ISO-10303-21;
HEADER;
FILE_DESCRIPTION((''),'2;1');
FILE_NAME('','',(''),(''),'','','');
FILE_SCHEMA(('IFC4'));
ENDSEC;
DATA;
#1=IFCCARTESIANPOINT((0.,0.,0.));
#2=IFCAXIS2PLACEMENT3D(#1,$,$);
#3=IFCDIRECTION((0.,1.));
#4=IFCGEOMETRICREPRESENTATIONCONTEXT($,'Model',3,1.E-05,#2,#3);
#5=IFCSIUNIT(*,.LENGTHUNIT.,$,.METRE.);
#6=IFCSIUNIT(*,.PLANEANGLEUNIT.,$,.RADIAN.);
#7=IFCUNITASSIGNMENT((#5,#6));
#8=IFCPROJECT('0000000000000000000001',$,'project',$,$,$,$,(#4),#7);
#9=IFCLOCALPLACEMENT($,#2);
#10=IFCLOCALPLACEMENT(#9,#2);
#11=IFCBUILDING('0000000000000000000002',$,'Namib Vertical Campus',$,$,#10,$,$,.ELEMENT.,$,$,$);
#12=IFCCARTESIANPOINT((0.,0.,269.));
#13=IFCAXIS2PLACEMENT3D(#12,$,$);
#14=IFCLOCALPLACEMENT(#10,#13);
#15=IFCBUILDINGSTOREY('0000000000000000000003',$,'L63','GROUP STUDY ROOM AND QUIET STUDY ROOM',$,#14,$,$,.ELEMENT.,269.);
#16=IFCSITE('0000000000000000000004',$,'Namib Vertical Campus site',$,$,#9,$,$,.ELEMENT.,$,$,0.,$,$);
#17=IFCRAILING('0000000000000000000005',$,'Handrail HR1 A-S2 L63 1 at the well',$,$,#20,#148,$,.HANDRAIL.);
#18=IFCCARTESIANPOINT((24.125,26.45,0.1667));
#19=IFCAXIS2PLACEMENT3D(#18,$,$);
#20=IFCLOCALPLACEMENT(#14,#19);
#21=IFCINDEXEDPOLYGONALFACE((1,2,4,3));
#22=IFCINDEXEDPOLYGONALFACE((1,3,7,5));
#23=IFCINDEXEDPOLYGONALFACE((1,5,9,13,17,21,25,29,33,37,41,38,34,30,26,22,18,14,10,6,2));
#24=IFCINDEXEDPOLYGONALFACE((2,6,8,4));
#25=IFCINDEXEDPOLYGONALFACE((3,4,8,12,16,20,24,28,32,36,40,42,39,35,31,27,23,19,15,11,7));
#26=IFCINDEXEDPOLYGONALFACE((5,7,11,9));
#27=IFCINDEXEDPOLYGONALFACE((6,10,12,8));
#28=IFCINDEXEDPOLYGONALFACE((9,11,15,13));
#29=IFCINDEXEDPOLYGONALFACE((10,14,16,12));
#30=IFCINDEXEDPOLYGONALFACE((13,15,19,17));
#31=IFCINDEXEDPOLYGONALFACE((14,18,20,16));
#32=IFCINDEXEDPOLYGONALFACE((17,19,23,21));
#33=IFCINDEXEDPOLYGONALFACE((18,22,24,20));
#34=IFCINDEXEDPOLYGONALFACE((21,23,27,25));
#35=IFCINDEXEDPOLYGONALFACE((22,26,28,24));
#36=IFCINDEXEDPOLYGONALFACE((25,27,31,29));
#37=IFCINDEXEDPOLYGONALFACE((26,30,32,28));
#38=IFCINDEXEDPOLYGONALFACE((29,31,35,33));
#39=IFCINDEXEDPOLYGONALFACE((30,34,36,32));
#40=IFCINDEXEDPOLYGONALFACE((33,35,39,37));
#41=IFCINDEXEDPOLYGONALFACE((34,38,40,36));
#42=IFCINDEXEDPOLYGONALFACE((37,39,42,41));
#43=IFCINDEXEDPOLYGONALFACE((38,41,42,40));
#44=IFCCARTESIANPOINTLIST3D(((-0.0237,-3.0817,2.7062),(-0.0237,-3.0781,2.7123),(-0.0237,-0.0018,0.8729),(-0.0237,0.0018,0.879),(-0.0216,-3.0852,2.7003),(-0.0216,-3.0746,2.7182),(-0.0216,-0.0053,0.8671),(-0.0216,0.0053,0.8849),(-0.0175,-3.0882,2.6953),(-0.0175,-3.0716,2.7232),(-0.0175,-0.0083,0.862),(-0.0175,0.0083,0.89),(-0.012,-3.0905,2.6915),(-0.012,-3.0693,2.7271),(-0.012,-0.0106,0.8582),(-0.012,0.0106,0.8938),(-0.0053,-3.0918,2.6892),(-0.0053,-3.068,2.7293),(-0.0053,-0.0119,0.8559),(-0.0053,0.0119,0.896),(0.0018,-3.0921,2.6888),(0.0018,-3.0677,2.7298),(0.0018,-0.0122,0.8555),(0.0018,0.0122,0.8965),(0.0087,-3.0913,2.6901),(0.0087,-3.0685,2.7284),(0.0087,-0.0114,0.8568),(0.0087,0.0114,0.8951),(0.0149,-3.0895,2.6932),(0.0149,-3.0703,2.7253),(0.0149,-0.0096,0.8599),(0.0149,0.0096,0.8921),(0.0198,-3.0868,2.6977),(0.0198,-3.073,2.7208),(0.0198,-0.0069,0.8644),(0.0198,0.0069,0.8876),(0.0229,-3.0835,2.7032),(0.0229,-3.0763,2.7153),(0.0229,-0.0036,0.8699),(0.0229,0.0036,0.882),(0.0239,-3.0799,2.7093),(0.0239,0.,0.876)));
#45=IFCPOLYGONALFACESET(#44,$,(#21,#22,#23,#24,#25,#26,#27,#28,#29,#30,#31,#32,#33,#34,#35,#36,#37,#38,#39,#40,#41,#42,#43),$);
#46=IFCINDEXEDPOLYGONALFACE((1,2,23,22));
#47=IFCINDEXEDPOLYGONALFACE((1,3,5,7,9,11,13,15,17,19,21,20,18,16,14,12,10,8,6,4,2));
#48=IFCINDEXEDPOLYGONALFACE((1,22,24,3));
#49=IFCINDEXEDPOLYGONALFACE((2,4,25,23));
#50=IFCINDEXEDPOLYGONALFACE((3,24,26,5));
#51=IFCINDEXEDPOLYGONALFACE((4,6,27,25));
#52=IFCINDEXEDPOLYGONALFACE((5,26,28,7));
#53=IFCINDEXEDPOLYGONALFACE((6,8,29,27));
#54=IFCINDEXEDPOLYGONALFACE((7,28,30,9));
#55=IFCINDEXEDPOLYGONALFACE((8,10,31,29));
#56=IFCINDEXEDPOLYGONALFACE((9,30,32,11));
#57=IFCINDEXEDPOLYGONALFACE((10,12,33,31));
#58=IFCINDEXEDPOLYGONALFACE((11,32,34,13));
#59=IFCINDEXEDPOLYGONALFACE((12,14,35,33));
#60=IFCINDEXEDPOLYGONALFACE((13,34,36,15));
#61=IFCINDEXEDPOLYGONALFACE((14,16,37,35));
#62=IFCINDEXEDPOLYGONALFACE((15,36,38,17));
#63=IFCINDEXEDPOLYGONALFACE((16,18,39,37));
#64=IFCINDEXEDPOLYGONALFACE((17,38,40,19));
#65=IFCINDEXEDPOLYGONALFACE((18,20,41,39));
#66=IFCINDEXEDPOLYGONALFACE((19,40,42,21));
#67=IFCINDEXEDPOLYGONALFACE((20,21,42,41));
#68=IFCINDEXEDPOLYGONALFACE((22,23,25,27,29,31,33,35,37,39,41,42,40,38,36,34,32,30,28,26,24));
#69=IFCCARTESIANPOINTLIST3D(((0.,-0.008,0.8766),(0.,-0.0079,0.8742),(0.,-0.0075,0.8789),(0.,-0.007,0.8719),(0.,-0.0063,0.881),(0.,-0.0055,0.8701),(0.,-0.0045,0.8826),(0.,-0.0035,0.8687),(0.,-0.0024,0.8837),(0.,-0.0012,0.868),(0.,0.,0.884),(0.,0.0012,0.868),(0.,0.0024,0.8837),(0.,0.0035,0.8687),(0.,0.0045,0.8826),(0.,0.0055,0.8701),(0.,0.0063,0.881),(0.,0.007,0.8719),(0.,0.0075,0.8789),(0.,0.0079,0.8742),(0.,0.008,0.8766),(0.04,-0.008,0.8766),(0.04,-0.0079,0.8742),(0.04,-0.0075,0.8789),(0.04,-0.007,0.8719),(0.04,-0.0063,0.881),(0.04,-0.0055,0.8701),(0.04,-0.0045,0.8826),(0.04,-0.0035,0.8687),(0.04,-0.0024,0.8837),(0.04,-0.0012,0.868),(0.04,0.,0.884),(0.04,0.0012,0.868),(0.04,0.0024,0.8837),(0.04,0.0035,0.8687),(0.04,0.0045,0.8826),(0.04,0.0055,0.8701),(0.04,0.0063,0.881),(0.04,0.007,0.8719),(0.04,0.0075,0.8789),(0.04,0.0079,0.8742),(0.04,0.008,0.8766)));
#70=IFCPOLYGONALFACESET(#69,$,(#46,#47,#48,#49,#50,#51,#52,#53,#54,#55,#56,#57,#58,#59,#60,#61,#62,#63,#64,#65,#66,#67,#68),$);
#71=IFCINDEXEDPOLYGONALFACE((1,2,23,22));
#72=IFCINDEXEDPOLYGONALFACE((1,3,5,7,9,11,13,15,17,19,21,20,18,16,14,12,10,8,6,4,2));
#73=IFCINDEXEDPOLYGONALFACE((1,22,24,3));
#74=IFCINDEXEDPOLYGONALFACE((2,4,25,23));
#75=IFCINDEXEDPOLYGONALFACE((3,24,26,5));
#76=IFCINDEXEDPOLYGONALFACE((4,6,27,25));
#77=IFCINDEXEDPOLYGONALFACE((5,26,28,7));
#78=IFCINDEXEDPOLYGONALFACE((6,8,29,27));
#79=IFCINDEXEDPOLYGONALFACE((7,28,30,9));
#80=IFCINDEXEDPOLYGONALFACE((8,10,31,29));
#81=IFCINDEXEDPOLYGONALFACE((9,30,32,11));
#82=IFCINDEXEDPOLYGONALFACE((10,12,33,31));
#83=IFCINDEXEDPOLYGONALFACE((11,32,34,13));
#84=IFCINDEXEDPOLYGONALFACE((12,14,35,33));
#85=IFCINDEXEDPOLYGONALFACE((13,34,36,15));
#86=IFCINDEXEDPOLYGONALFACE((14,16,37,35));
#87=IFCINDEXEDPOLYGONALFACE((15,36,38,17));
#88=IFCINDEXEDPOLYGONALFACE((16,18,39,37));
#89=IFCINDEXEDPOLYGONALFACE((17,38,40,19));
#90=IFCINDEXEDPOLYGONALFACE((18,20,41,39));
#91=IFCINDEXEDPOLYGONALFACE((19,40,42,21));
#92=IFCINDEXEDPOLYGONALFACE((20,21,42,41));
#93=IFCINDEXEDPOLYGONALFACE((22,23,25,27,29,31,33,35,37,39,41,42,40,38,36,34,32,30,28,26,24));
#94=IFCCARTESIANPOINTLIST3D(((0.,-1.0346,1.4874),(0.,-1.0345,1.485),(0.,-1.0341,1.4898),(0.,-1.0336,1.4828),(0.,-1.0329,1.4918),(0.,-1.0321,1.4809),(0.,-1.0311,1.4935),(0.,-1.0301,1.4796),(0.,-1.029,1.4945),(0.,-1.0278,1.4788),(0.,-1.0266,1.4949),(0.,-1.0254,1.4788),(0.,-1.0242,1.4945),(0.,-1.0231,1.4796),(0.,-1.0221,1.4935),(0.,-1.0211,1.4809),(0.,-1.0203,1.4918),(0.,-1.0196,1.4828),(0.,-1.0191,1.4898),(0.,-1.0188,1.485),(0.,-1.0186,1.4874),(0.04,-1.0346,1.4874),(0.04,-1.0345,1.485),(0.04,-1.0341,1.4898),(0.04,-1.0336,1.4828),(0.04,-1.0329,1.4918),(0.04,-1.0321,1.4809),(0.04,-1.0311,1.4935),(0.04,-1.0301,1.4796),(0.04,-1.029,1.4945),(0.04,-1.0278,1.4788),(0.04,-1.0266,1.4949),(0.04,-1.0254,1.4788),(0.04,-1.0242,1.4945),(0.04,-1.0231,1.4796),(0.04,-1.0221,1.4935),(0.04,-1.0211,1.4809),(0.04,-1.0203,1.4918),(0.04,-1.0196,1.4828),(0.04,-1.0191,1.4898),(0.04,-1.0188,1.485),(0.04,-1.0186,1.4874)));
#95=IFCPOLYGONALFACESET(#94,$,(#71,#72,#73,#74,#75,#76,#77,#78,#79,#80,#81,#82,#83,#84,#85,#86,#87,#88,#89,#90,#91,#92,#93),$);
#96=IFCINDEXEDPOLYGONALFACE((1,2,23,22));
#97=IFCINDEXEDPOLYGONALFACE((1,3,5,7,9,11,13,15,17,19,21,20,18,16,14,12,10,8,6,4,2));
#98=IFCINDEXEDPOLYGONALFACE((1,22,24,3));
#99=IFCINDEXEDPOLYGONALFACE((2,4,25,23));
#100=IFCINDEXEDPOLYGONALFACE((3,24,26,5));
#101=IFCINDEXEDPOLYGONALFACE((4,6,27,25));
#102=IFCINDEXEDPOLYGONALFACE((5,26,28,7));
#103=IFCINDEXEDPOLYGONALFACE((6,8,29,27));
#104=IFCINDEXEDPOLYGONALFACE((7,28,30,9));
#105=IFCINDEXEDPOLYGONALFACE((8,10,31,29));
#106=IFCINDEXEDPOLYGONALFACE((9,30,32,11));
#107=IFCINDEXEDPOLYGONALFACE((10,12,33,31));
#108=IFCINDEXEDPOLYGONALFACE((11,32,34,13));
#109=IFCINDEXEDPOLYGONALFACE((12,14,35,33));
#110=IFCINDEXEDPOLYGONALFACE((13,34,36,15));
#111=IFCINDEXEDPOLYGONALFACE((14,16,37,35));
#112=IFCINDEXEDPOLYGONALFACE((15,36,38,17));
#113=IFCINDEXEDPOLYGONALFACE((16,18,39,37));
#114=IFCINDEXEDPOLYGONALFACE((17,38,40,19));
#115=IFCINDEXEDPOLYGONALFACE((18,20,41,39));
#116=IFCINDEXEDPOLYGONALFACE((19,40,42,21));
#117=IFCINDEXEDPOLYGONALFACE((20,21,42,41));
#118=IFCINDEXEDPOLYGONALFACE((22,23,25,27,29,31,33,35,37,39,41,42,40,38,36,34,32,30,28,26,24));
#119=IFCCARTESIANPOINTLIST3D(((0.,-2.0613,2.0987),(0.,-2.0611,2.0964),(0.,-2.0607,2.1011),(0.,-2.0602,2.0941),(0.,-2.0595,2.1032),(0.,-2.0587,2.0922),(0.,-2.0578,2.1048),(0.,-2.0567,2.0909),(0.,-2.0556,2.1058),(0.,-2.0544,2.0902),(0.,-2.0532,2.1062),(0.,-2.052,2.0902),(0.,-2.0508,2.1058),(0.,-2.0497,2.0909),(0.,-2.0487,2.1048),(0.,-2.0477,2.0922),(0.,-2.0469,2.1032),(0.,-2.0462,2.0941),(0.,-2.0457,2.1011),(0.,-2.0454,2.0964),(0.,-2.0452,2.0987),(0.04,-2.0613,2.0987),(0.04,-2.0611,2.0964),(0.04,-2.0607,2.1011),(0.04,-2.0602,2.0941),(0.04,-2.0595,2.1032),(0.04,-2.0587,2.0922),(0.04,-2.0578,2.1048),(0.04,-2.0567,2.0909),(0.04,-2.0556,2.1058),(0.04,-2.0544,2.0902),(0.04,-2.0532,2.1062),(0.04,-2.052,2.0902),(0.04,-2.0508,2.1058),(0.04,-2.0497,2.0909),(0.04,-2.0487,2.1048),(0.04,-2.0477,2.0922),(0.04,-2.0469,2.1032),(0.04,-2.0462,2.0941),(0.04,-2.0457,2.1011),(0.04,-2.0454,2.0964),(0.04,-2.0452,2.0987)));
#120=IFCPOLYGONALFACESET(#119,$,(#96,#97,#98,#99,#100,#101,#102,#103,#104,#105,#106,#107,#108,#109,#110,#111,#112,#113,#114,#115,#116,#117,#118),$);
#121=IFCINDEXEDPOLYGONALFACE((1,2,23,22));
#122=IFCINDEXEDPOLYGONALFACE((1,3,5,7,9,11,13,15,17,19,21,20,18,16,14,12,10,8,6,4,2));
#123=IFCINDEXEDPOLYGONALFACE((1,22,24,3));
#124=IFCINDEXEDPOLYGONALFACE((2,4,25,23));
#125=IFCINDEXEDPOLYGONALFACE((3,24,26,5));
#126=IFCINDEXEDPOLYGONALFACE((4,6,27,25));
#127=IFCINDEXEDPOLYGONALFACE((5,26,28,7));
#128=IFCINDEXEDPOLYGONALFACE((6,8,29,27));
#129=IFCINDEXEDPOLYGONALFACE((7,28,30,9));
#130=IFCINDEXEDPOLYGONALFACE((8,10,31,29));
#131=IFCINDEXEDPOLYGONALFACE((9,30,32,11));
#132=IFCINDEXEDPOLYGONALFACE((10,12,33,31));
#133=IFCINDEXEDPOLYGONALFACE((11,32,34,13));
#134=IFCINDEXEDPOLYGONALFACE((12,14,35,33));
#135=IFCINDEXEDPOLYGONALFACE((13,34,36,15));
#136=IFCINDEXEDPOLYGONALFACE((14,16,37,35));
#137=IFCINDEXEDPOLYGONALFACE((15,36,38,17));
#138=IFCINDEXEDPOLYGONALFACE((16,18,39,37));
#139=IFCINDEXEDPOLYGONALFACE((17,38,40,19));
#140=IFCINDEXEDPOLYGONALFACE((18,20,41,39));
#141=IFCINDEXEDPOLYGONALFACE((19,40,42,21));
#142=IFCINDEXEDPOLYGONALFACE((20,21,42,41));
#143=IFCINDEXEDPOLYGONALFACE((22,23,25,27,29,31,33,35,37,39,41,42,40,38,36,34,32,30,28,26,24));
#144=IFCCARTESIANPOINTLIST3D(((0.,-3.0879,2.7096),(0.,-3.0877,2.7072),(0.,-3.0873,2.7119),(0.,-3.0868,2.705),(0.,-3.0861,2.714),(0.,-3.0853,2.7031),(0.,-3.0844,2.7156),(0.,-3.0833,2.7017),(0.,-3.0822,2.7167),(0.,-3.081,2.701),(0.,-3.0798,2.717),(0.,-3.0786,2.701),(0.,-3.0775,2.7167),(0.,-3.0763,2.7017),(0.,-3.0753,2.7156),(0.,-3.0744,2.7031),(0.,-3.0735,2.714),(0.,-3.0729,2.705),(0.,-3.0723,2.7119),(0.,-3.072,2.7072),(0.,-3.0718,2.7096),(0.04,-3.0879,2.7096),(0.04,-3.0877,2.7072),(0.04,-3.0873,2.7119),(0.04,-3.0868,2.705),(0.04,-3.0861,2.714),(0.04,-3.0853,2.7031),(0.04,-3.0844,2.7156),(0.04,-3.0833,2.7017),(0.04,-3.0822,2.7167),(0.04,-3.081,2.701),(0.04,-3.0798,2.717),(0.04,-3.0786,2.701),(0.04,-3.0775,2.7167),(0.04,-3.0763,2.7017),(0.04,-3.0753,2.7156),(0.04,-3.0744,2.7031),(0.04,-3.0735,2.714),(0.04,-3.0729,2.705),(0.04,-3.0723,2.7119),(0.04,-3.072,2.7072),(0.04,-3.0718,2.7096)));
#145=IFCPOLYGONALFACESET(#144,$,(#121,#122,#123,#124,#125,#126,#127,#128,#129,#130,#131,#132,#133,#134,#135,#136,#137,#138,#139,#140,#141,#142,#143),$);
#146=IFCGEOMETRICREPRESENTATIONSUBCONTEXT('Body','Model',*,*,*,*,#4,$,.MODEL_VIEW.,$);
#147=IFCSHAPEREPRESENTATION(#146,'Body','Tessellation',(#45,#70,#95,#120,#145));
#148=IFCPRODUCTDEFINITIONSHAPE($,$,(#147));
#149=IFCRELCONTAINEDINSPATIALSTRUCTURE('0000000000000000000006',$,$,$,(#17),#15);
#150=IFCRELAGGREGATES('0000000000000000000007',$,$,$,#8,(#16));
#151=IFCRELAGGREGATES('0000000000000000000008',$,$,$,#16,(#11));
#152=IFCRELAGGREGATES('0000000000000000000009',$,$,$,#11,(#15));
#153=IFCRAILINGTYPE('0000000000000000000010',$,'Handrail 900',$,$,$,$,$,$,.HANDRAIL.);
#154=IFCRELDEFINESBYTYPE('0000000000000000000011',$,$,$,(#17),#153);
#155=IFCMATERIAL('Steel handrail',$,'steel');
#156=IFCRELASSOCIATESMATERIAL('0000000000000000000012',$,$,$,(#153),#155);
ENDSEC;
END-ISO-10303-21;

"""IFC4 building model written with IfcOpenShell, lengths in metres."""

from ifc_helpers import new_model, si_unit, direction, frame, origin, origin_2d, place, context, subcontext, project, spatial, circle, extrude, material, type_object, element, save


model = new_model("IFC4")

# Units and contexts
model_context = context("Model", 3, precision=1e-05, world=origin(), true_north=direction((0.0, 1.0)))
body_context = subcontext(model_context, "Body", "Model", "MODEL_VIEW")
ifc_project = project(units=[si_unit("LENGTHUNIT", "METRE"), si_unit("PLANEANGLEUNIT", "RADIAN")], contexts=[model_context])

# Site, building, storey
site_placement = place(None, origin())
site = spatial("IfcSite", under=ifc_project, at=site_placement, Name="Namib Vertical Campus site", CompositionType="ELEMENT", RefElevation=0.0)
building_placement = place(site_placement, origin())
building = spatial("IfcBuilding", under=site, at=building_placement, Name="Namib Vertical Campus", CompositionType="ELEMENT")
storey_placement = place(building_placement, frame((0.0, 0.0, 269.0)))
storey = spatial("IfcBuildingStorey", under=building, at=storey_placement, Name="L63", Description="GROUP STUDY ROOM AND QUIET STUDY ROOM", CompositionType="ELEMENT", Elevation=269.0)

# Railing
ifc_material_1 = material(Name="Steel handrail", Category="steel")
railing_type_1 = type_object("IfcRailingType", Name="Handrail 900", PredefinedType="HANDRAIL", material=ifc_material_1)
railing_1_placement = place(storey_placement, frame((24.125, 26.45, 0.1667)))
element("IfcRailing", 1, at=railing_1_placement, inside=storey, type_object=railing_type_1, Name="Handrail HR1 A-S2 L63 1 at the well", PredefinedType="HANDRAIL", context=body_context, shape_type="SweptSolid", body=[
    extrude(circle(Radius=0.0239, at=origin_2d()), frame((0.0, 0.0, 0.876), z_axis=(0.0, -0.859291, 0.511487), x_axis=(1.0, 0.0, 0.0)), (0.0, 0.0, 1.0), 3.5842),
    extrude(circle(Radius=0.0081, at=origin_2d()), frame((0.0, 0.0, 0.876), z_axis=(1.0, 0.0, 0.0), x_axis=(0.0, 0.0, 1.0)), (0.0, 0.0, 1.0), 0.04),
    extrude(circle(Radius=0.0081, at=origin_2d()), frame((0.0, -1.0266, 1.4868), z_axis=(1.0, 0.0, 0.0), x_axis=(0.0, 0.0, 1.0)), (0.0, 0.0, 1.0), 0.04),
    extrude(circle(Radius=0.0081, at=origin_2d()), frame((0.0, -2.0532, 2.0981), z_axis=(1.0, 0.0, 0.0), x_axis=(0.0, 0.0, 1.0)), (0.0, 0.0, 1.0), 0.04),
    extrude(circle(Radius=0.0081, at=origin_2d()), frame((0.0, -3.0798, 2.709), z_axis=(1.0, 0.0, 0.0), x_axis=(0.0, 0.0, 1.0)), (0.0, 0.0, 1.0), 0.04),
])

save(model, "model.ifc")
